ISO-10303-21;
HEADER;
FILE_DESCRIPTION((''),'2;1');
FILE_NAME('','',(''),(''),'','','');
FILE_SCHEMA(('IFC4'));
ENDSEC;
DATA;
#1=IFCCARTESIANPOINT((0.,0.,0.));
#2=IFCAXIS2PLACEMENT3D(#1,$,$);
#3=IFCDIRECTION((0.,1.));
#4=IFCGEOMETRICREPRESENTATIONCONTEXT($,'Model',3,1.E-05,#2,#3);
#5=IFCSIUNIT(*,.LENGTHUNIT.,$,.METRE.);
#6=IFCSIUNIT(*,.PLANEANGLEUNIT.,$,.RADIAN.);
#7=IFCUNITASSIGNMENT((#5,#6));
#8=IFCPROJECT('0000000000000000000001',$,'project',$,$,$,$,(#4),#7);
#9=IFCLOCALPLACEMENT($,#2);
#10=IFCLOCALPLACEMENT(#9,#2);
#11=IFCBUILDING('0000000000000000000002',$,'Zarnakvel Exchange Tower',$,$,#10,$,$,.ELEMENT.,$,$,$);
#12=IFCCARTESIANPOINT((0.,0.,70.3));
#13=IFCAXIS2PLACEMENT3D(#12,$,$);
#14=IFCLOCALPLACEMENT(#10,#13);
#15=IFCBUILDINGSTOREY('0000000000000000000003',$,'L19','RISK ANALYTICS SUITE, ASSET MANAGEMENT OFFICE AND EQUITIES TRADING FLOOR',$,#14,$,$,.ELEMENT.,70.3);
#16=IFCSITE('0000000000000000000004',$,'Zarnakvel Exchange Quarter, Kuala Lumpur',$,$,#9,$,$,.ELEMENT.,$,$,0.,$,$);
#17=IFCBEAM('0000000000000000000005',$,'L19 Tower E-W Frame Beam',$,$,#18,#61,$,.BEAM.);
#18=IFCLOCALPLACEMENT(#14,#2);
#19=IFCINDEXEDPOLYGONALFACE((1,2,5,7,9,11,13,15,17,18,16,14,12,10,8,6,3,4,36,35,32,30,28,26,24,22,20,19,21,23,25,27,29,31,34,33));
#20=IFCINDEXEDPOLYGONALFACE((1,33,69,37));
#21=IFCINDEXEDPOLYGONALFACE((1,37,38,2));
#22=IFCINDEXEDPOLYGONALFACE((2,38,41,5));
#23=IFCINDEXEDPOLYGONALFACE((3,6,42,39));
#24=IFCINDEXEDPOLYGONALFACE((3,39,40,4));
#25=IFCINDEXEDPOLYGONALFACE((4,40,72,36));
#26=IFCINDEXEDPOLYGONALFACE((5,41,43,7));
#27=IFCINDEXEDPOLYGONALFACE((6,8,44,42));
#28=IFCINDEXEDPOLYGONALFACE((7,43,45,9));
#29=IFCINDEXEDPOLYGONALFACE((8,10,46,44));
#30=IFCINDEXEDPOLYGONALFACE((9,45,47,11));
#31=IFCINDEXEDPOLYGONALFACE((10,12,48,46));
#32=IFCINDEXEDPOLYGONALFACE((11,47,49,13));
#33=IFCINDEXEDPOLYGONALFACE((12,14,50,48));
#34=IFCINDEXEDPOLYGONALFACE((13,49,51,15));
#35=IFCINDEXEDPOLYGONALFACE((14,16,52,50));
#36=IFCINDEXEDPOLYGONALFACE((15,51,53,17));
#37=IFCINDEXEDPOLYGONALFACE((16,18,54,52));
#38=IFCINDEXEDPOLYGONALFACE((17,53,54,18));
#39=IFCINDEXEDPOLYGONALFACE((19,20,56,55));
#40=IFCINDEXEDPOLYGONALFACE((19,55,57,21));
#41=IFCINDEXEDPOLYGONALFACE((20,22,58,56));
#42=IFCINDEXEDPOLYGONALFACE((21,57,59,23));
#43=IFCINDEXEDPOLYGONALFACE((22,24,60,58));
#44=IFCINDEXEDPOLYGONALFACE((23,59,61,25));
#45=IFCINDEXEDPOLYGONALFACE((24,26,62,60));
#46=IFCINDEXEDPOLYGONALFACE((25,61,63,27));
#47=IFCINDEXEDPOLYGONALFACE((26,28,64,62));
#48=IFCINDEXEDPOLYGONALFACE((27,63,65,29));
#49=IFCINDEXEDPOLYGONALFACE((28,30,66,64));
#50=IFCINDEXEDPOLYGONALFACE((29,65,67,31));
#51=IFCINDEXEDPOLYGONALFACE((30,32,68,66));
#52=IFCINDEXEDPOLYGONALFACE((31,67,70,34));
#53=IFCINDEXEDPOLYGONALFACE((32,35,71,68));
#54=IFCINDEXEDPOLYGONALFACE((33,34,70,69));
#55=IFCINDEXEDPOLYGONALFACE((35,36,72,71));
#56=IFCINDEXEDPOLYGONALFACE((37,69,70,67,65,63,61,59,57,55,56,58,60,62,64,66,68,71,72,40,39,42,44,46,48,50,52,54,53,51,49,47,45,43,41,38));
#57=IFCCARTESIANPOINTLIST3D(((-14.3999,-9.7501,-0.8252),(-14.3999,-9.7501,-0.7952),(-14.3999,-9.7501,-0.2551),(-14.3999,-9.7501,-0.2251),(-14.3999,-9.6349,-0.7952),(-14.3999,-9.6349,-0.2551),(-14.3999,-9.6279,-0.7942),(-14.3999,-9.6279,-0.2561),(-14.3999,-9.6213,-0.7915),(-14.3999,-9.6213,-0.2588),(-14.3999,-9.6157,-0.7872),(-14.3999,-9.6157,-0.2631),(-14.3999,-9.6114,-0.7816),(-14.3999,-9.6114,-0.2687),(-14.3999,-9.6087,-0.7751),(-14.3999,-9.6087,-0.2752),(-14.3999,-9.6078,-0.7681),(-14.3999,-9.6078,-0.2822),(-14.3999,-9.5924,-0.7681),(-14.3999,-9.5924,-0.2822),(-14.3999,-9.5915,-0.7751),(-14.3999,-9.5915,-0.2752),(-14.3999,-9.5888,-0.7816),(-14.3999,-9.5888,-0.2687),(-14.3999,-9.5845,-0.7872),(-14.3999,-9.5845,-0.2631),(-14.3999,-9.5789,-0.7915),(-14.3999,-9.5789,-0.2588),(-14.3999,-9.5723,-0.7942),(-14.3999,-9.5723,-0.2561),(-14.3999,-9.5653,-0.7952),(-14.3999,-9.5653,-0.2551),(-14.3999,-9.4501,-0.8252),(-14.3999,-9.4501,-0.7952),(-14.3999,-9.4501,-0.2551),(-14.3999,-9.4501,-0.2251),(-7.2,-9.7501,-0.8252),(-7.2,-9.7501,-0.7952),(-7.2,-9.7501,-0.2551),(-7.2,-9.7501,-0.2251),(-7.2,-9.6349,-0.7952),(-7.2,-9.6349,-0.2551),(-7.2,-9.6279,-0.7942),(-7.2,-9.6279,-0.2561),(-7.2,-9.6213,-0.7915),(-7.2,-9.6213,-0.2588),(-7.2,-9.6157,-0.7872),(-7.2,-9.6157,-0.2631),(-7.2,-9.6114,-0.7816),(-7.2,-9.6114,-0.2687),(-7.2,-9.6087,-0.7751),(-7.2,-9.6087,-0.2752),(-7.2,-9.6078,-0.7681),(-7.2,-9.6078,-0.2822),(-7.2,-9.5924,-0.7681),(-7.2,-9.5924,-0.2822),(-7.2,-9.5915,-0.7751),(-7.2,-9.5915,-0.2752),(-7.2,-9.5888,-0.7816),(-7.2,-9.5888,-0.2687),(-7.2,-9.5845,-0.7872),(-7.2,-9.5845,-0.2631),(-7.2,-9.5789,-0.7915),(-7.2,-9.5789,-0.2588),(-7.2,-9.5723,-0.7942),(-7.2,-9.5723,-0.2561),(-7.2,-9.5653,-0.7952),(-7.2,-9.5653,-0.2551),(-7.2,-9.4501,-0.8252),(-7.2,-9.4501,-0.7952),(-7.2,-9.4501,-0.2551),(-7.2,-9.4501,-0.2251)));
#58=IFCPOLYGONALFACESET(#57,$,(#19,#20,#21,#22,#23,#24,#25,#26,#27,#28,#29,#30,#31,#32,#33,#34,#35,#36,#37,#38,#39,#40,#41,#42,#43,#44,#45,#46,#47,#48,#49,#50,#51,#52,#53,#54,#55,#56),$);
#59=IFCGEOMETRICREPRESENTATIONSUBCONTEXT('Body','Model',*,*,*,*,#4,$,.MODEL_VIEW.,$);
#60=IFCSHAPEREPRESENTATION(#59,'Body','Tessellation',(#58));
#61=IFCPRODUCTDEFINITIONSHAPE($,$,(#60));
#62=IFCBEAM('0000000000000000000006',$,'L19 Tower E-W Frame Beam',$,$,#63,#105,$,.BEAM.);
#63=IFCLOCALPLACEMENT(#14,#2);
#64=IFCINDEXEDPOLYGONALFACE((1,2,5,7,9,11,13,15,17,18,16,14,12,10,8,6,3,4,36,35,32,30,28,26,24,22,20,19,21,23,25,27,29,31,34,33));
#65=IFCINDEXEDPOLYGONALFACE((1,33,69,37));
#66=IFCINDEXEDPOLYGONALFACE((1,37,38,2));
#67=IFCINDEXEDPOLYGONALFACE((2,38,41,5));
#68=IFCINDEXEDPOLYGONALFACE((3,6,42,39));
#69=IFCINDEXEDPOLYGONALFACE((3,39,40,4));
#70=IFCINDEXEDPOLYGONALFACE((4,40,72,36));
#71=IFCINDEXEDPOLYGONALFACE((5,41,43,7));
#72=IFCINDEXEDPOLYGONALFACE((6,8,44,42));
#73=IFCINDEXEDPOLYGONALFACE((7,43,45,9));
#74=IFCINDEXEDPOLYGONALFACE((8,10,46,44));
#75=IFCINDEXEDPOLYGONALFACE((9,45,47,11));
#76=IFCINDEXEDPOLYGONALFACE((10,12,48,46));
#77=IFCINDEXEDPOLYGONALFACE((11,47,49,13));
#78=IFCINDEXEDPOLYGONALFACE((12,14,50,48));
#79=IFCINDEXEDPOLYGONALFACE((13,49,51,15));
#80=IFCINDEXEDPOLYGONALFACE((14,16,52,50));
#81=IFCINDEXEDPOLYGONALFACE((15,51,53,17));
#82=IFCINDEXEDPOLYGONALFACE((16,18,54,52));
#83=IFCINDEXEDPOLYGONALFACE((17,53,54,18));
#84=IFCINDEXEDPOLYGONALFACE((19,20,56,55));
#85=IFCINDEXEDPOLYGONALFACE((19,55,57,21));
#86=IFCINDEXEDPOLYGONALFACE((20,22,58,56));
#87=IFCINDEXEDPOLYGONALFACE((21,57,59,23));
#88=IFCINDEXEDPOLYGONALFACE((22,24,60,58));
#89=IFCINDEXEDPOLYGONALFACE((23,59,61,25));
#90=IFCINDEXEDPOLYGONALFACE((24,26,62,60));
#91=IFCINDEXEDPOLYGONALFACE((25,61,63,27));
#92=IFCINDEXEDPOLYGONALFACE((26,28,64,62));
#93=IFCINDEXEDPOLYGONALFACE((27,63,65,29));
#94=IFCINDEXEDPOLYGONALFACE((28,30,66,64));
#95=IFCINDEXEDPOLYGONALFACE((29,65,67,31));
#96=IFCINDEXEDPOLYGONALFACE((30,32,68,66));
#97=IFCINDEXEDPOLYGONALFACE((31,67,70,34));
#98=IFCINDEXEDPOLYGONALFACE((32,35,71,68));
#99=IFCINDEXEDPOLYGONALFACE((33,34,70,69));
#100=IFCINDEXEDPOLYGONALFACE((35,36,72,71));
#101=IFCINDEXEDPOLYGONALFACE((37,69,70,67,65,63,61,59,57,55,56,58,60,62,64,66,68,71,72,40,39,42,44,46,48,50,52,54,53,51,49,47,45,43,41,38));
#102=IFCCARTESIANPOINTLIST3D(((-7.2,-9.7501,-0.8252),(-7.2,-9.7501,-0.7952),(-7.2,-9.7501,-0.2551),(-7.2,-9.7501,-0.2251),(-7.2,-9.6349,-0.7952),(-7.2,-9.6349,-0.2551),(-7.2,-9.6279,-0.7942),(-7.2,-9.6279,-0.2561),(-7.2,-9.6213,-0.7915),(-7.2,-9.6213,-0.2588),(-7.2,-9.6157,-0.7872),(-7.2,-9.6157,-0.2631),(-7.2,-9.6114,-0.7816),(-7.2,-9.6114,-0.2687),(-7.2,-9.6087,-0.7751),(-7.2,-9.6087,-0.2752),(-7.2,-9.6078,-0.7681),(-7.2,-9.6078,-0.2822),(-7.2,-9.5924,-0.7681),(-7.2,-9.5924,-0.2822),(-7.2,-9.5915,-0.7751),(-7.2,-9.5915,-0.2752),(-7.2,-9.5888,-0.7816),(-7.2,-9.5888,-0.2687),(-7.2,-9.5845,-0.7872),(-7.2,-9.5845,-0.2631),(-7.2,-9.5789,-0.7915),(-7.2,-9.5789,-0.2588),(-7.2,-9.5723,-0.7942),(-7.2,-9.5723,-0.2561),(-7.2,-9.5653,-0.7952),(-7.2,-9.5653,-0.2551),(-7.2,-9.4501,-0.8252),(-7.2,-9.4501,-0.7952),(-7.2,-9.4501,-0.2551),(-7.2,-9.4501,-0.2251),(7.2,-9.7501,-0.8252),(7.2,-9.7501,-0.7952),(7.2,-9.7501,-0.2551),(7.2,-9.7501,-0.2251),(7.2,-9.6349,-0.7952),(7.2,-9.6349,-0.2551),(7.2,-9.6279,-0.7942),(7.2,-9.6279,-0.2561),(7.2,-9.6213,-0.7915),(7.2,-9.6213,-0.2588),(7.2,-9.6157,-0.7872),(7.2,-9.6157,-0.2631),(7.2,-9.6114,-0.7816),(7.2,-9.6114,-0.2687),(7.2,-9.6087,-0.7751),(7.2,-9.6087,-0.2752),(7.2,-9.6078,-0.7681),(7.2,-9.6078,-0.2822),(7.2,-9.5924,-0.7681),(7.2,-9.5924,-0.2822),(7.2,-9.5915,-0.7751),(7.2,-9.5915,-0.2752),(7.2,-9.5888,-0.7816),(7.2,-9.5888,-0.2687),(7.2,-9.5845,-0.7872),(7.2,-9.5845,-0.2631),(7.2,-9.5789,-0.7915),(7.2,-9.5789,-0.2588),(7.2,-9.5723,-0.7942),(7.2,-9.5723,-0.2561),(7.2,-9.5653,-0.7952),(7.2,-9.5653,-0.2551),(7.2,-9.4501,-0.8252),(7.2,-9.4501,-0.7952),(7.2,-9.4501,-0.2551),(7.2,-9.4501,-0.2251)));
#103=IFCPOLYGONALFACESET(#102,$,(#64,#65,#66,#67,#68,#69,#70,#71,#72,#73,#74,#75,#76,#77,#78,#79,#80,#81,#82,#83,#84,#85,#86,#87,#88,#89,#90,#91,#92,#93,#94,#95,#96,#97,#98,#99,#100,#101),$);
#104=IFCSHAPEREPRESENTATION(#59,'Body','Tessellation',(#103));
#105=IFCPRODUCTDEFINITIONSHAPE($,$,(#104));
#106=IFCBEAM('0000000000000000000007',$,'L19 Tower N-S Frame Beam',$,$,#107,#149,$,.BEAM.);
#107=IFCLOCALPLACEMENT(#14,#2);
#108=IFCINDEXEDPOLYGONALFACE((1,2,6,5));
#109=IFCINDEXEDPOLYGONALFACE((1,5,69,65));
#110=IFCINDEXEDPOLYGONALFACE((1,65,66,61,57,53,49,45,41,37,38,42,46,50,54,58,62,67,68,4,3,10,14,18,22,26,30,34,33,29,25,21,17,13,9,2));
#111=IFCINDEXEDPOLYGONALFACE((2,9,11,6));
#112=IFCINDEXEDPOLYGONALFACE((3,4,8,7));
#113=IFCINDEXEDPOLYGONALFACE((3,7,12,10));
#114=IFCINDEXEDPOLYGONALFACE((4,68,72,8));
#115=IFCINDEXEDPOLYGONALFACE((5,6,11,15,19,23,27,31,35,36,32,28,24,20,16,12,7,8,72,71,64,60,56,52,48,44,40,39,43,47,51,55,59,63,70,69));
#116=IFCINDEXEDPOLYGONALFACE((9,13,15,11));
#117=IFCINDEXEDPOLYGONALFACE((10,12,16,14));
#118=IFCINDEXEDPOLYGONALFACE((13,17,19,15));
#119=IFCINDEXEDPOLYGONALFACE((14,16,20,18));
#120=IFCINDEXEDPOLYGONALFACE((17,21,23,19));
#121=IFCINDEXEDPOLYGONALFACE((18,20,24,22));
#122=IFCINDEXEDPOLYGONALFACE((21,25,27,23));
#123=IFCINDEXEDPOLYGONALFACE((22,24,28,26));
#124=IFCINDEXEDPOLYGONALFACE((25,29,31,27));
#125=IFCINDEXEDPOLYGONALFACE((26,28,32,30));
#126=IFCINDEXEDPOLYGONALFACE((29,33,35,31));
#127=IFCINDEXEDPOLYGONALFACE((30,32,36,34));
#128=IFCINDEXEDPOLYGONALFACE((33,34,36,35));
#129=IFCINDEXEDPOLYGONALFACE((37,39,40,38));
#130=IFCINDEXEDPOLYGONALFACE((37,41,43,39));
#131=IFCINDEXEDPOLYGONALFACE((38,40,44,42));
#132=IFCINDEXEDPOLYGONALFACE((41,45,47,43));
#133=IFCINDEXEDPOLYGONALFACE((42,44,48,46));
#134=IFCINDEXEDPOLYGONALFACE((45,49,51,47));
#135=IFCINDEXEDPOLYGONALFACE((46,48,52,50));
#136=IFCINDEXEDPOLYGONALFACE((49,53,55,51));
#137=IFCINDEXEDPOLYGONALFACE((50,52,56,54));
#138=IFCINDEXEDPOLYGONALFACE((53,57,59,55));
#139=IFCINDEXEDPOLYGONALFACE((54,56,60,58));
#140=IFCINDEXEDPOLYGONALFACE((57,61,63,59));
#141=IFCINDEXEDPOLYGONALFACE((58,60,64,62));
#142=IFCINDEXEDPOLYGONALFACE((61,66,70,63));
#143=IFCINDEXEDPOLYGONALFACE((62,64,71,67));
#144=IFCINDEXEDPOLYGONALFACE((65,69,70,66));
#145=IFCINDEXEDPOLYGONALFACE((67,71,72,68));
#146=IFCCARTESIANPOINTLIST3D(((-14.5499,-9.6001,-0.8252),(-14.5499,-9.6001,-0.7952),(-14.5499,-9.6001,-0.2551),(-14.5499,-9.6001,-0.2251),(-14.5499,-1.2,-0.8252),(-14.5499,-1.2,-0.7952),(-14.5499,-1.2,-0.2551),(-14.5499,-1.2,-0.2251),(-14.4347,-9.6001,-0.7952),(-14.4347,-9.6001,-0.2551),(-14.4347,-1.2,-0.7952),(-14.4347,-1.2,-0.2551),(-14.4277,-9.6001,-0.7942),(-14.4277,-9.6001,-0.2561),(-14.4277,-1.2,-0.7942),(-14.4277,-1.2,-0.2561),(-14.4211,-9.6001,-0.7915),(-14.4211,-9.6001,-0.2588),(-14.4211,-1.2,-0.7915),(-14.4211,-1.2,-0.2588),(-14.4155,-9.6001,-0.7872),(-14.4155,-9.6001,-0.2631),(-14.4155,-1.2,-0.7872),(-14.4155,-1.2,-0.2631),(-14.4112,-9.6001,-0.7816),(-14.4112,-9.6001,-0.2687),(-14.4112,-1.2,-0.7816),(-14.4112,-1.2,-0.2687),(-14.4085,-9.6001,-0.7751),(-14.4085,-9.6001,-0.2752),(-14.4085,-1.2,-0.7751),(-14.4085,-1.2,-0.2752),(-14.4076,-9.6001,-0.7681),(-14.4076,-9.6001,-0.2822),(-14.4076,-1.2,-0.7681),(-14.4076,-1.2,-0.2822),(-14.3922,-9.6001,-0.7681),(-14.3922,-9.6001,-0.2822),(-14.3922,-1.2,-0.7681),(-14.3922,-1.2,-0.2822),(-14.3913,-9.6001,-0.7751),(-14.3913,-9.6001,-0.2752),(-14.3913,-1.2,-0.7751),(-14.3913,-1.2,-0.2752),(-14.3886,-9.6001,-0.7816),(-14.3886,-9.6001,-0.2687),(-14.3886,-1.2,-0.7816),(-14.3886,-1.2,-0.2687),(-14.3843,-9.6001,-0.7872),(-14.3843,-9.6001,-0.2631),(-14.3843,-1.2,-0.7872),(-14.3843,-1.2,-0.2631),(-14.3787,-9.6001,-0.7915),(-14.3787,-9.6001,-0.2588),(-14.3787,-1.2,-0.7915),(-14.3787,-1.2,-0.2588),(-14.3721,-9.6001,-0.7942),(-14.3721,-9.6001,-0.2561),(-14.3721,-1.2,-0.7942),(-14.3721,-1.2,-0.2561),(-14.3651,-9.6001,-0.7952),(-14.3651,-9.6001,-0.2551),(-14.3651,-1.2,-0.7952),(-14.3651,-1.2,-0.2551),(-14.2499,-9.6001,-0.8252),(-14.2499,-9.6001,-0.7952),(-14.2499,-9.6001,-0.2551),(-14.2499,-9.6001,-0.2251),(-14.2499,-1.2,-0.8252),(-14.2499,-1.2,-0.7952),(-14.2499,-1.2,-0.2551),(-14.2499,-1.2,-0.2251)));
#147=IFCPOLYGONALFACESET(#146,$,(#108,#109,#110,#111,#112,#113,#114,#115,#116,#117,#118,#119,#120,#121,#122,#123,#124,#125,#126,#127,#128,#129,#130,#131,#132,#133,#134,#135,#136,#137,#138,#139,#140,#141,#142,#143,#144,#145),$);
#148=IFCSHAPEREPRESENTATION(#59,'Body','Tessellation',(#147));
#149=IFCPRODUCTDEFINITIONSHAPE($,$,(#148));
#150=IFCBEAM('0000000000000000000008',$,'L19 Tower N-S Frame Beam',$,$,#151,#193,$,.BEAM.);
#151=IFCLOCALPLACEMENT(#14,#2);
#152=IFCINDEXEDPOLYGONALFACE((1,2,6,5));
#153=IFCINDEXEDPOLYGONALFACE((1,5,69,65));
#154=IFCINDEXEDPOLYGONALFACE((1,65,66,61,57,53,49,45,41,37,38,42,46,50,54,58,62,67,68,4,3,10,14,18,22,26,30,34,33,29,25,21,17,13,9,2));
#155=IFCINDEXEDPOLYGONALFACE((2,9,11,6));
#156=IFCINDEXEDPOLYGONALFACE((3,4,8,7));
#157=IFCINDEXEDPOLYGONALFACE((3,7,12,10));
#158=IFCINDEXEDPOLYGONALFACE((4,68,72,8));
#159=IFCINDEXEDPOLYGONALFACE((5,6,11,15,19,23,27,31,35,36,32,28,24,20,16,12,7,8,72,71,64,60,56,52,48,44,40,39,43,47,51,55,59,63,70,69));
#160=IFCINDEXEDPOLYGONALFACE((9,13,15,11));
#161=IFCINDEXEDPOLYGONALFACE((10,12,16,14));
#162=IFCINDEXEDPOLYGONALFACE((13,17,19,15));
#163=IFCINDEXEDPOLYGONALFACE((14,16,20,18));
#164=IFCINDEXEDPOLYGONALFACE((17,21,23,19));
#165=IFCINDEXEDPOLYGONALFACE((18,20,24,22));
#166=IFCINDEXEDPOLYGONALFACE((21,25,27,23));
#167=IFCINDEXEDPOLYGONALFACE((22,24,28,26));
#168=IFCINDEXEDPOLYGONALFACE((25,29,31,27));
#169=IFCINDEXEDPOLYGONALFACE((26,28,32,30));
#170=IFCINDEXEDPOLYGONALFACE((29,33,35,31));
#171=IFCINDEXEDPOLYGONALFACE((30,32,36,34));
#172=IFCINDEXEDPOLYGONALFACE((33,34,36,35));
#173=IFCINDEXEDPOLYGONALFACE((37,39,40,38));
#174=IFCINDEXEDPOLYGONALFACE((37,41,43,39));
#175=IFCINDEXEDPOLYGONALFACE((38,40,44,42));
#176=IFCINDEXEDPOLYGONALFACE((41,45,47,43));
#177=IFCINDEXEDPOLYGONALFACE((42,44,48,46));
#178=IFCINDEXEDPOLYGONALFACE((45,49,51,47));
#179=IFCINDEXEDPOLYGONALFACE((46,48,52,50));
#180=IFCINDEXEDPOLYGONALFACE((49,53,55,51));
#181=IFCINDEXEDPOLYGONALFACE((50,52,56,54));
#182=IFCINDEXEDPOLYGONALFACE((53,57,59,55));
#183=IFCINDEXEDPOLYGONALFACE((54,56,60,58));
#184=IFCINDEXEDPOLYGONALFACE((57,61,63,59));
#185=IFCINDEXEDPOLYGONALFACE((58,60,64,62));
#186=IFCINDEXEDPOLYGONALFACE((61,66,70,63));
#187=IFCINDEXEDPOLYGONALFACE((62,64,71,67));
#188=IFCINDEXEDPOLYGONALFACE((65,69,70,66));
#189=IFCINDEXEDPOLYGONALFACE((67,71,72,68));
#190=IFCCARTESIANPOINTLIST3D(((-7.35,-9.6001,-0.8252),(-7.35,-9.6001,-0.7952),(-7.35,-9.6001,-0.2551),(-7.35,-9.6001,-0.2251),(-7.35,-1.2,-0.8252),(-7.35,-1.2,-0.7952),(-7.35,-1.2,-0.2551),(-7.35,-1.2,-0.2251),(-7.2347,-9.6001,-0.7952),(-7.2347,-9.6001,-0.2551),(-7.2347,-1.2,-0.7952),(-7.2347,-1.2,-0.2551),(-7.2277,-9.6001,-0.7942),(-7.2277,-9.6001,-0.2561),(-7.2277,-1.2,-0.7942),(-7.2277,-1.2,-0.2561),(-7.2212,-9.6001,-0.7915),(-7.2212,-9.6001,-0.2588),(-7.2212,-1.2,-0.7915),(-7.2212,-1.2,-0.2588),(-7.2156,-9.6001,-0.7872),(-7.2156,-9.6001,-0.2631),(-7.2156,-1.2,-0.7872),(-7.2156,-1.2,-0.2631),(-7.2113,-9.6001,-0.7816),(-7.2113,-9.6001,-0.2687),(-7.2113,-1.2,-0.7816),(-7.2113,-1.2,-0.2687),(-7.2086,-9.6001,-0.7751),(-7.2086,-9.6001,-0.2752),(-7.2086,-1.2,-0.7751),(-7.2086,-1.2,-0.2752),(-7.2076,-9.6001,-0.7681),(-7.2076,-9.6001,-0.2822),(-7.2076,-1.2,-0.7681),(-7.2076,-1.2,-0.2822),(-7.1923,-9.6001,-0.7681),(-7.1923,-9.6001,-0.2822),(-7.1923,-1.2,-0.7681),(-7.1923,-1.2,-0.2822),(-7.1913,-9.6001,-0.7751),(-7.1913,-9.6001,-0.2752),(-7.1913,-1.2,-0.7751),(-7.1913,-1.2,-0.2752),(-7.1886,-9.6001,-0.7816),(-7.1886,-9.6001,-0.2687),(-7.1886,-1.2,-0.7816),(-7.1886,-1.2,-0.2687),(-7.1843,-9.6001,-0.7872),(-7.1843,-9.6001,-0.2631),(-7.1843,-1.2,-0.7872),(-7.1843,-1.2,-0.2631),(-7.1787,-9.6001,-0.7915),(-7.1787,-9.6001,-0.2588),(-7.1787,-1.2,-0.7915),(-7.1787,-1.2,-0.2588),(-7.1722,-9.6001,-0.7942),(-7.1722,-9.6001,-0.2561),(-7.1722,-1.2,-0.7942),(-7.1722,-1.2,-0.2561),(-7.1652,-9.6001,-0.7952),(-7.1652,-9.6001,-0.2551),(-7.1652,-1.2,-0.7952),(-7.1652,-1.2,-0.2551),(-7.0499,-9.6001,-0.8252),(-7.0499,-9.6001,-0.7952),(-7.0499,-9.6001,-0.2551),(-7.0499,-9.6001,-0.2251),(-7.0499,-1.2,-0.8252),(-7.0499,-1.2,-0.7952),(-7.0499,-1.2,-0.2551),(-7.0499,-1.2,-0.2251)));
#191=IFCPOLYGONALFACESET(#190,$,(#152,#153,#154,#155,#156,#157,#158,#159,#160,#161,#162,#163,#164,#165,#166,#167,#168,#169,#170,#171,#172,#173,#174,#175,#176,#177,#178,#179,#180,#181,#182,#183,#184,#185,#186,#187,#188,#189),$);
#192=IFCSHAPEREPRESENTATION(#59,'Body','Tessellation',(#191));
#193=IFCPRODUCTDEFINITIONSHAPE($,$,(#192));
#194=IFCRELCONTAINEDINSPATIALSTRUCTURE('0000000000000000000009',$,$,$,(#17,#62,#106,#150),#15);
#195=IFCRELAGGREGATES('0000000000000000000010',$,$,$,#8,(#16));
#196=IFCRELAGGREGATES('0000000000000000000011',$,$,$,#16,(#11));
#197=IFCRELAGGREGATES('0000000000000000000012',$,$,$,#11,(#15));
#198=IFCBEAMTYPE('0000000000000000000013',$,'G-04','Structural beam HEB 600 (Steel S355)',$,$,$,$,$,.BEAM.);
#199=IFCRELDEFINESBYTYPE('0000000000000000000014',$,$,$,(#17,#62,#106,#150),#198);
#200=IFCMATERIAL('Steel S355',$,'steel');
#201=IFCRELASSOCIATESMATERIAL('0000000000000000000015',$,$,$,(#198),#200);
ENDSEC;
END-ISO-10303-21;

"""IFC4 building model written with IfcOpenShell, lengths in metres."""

from ifc_helpers import new_model, si_unit, direction, frame, origin, origin_2d, place, context, subcontext, project, spatial, i_section, extrude, material, material_profile, profile_set, type_object, element, save


model = new_model("IFC4")

# Units and contexts
model_context = context("Model", 3, precision=1e-05, world=origin(), true_north=direction((0.0, 1.0)))
body_context = subcontext(model_context, "Body", "Model", "MODEL_VIEW")
ifc_project = project(units=[si_unit("LENGTHUNIT", "METRE"), si_unit("PLANEANGLEUNIT", "RADIAN")], contexts=[model_context])

# Site, building, storey
site_placement = place(None, origin())
site = spatial("IfcSite", under=ifc_project, at=site_placement, Name="Zarnakvel Exchange Quarter, Kuala Lumpur", CompositionType="ELEMENT", RefElevation=0.0)
building_placement = place(site_placement, origin())
building = spatial("IfcBuilding", under=site, at=building_placement, Name="Zarnakvel Exchange Tower", CompositionType="ELEMENT")
storey_placement = place(building_placement, frame((0.0, 0.0, 70.3)))
storey = spatial("IfcBuildingStorey", under=building, at=storey_placement, Name="L19", Description="RISK ANALYTICS SUITE, ASSET MANAGEMENT OFFICE AND EQUITIES TRADING FLOOR", CompositionType="ELEMENT", Elevation=70.3)

# Beams
ifc_material_1 = material(Name="Steel S355", Category="steel")
ifc_material_profile_1 = material_profile(ifc_material_1, i_section(OverallWidth=0.3, OverallDepth=0.6001, WebThickness=0.0154, FlangeThickness=0.03, FilletRadius=0.0271, at=origin_2d()))
ifc_profile_set_1 = profile_set([ifc_material_profile_1], Name="Steel S355")
beam_type_1 = type_object("IfcBeamType", Name="G-04", Description="Structural beam HEB 600 (Steel S355)", PredefinedType="BEAM", material=ifc_profile_set_1)
beam_1_placement = place(storey_placement, frame((-14.3999, -9.6001, -0.5251), z_axis=(1.0, 0.0, 0.0), x_axis=(0.0, 1.0, 0.0)))
element("IfcBeam", 1, at=beam_1_placement, inside=storey, type_object=beam_type_1, Name="L19 Tower E-W Frame Beam", PredefinedType="BEAM", context=body_context, shape_type="SweptSolid", body=[
    extrude(i_section(OverallWidth=0.3, OverallDepth=0.6001, WebThickness=0.0154, FlangeThickness=0.03, FilletRadius=0.0271, at=origin_2d()), origin(), (0.0, 0.0, 1.0), 7.2),
])
beam_2_placement = place(storey_placement, frame((-7.2, -9.6001, -0.5251), z_axis=(1.0, 0.0, 0.0), x_axis=(0.0, 1.0, 0.0)))
element("IfcBeam", 2, at=beam_2_placement, inside=storey, type_object=beam_type_1, Name="L19 Tower E-W Frame Beam", PredefinedType="BEAM", context=body_context, shape_type="SweptSolid", body=[
    extrude(i_section(OverallWidth=0.3, OverallDepth=0.6001, WebThickness=0.0154, FlangeThickness=0.03, FilletRadius=0.0271, at=origin_2d()), origin(), (0.0, 0.0, 1.0), 14.3999),
])
for number, where, z_axis, x_axis, name in (
    (3, (-14.3999, -9.6001, -0.5251), (0.0, 1.0, 0.0), (-1.0, 0.0, 0.0), "L19 Tower N-S Frame Beam"),
    (4, (-7.2, -9.6001, -0.5251), (0.0, 1.0, 0.0), (-1.0, 0.0, 0.0), "L19 Tower N-S Frame Beam"),
):
    element("IfcBeam", number, at=place(storey_placement, frame(where, z_axis=z_axis, x_axis=x_axis)), inside=storey, type_object=beam_type_1, Name=name, PredefinedType="BEAM", context=body_context, shape_type="SweptSolid", body=[
        extrude(i_section(OverallWidth=0.3, OverallDepth=0.6001, WebThickness=0.0154, FlangeThickness=0.03, FilletRadius=0.0271, at=origin_2d()), origin(), (0.0, 0.0, 1.0), 8.4001),
    ])

save(model, "model.ifc")
